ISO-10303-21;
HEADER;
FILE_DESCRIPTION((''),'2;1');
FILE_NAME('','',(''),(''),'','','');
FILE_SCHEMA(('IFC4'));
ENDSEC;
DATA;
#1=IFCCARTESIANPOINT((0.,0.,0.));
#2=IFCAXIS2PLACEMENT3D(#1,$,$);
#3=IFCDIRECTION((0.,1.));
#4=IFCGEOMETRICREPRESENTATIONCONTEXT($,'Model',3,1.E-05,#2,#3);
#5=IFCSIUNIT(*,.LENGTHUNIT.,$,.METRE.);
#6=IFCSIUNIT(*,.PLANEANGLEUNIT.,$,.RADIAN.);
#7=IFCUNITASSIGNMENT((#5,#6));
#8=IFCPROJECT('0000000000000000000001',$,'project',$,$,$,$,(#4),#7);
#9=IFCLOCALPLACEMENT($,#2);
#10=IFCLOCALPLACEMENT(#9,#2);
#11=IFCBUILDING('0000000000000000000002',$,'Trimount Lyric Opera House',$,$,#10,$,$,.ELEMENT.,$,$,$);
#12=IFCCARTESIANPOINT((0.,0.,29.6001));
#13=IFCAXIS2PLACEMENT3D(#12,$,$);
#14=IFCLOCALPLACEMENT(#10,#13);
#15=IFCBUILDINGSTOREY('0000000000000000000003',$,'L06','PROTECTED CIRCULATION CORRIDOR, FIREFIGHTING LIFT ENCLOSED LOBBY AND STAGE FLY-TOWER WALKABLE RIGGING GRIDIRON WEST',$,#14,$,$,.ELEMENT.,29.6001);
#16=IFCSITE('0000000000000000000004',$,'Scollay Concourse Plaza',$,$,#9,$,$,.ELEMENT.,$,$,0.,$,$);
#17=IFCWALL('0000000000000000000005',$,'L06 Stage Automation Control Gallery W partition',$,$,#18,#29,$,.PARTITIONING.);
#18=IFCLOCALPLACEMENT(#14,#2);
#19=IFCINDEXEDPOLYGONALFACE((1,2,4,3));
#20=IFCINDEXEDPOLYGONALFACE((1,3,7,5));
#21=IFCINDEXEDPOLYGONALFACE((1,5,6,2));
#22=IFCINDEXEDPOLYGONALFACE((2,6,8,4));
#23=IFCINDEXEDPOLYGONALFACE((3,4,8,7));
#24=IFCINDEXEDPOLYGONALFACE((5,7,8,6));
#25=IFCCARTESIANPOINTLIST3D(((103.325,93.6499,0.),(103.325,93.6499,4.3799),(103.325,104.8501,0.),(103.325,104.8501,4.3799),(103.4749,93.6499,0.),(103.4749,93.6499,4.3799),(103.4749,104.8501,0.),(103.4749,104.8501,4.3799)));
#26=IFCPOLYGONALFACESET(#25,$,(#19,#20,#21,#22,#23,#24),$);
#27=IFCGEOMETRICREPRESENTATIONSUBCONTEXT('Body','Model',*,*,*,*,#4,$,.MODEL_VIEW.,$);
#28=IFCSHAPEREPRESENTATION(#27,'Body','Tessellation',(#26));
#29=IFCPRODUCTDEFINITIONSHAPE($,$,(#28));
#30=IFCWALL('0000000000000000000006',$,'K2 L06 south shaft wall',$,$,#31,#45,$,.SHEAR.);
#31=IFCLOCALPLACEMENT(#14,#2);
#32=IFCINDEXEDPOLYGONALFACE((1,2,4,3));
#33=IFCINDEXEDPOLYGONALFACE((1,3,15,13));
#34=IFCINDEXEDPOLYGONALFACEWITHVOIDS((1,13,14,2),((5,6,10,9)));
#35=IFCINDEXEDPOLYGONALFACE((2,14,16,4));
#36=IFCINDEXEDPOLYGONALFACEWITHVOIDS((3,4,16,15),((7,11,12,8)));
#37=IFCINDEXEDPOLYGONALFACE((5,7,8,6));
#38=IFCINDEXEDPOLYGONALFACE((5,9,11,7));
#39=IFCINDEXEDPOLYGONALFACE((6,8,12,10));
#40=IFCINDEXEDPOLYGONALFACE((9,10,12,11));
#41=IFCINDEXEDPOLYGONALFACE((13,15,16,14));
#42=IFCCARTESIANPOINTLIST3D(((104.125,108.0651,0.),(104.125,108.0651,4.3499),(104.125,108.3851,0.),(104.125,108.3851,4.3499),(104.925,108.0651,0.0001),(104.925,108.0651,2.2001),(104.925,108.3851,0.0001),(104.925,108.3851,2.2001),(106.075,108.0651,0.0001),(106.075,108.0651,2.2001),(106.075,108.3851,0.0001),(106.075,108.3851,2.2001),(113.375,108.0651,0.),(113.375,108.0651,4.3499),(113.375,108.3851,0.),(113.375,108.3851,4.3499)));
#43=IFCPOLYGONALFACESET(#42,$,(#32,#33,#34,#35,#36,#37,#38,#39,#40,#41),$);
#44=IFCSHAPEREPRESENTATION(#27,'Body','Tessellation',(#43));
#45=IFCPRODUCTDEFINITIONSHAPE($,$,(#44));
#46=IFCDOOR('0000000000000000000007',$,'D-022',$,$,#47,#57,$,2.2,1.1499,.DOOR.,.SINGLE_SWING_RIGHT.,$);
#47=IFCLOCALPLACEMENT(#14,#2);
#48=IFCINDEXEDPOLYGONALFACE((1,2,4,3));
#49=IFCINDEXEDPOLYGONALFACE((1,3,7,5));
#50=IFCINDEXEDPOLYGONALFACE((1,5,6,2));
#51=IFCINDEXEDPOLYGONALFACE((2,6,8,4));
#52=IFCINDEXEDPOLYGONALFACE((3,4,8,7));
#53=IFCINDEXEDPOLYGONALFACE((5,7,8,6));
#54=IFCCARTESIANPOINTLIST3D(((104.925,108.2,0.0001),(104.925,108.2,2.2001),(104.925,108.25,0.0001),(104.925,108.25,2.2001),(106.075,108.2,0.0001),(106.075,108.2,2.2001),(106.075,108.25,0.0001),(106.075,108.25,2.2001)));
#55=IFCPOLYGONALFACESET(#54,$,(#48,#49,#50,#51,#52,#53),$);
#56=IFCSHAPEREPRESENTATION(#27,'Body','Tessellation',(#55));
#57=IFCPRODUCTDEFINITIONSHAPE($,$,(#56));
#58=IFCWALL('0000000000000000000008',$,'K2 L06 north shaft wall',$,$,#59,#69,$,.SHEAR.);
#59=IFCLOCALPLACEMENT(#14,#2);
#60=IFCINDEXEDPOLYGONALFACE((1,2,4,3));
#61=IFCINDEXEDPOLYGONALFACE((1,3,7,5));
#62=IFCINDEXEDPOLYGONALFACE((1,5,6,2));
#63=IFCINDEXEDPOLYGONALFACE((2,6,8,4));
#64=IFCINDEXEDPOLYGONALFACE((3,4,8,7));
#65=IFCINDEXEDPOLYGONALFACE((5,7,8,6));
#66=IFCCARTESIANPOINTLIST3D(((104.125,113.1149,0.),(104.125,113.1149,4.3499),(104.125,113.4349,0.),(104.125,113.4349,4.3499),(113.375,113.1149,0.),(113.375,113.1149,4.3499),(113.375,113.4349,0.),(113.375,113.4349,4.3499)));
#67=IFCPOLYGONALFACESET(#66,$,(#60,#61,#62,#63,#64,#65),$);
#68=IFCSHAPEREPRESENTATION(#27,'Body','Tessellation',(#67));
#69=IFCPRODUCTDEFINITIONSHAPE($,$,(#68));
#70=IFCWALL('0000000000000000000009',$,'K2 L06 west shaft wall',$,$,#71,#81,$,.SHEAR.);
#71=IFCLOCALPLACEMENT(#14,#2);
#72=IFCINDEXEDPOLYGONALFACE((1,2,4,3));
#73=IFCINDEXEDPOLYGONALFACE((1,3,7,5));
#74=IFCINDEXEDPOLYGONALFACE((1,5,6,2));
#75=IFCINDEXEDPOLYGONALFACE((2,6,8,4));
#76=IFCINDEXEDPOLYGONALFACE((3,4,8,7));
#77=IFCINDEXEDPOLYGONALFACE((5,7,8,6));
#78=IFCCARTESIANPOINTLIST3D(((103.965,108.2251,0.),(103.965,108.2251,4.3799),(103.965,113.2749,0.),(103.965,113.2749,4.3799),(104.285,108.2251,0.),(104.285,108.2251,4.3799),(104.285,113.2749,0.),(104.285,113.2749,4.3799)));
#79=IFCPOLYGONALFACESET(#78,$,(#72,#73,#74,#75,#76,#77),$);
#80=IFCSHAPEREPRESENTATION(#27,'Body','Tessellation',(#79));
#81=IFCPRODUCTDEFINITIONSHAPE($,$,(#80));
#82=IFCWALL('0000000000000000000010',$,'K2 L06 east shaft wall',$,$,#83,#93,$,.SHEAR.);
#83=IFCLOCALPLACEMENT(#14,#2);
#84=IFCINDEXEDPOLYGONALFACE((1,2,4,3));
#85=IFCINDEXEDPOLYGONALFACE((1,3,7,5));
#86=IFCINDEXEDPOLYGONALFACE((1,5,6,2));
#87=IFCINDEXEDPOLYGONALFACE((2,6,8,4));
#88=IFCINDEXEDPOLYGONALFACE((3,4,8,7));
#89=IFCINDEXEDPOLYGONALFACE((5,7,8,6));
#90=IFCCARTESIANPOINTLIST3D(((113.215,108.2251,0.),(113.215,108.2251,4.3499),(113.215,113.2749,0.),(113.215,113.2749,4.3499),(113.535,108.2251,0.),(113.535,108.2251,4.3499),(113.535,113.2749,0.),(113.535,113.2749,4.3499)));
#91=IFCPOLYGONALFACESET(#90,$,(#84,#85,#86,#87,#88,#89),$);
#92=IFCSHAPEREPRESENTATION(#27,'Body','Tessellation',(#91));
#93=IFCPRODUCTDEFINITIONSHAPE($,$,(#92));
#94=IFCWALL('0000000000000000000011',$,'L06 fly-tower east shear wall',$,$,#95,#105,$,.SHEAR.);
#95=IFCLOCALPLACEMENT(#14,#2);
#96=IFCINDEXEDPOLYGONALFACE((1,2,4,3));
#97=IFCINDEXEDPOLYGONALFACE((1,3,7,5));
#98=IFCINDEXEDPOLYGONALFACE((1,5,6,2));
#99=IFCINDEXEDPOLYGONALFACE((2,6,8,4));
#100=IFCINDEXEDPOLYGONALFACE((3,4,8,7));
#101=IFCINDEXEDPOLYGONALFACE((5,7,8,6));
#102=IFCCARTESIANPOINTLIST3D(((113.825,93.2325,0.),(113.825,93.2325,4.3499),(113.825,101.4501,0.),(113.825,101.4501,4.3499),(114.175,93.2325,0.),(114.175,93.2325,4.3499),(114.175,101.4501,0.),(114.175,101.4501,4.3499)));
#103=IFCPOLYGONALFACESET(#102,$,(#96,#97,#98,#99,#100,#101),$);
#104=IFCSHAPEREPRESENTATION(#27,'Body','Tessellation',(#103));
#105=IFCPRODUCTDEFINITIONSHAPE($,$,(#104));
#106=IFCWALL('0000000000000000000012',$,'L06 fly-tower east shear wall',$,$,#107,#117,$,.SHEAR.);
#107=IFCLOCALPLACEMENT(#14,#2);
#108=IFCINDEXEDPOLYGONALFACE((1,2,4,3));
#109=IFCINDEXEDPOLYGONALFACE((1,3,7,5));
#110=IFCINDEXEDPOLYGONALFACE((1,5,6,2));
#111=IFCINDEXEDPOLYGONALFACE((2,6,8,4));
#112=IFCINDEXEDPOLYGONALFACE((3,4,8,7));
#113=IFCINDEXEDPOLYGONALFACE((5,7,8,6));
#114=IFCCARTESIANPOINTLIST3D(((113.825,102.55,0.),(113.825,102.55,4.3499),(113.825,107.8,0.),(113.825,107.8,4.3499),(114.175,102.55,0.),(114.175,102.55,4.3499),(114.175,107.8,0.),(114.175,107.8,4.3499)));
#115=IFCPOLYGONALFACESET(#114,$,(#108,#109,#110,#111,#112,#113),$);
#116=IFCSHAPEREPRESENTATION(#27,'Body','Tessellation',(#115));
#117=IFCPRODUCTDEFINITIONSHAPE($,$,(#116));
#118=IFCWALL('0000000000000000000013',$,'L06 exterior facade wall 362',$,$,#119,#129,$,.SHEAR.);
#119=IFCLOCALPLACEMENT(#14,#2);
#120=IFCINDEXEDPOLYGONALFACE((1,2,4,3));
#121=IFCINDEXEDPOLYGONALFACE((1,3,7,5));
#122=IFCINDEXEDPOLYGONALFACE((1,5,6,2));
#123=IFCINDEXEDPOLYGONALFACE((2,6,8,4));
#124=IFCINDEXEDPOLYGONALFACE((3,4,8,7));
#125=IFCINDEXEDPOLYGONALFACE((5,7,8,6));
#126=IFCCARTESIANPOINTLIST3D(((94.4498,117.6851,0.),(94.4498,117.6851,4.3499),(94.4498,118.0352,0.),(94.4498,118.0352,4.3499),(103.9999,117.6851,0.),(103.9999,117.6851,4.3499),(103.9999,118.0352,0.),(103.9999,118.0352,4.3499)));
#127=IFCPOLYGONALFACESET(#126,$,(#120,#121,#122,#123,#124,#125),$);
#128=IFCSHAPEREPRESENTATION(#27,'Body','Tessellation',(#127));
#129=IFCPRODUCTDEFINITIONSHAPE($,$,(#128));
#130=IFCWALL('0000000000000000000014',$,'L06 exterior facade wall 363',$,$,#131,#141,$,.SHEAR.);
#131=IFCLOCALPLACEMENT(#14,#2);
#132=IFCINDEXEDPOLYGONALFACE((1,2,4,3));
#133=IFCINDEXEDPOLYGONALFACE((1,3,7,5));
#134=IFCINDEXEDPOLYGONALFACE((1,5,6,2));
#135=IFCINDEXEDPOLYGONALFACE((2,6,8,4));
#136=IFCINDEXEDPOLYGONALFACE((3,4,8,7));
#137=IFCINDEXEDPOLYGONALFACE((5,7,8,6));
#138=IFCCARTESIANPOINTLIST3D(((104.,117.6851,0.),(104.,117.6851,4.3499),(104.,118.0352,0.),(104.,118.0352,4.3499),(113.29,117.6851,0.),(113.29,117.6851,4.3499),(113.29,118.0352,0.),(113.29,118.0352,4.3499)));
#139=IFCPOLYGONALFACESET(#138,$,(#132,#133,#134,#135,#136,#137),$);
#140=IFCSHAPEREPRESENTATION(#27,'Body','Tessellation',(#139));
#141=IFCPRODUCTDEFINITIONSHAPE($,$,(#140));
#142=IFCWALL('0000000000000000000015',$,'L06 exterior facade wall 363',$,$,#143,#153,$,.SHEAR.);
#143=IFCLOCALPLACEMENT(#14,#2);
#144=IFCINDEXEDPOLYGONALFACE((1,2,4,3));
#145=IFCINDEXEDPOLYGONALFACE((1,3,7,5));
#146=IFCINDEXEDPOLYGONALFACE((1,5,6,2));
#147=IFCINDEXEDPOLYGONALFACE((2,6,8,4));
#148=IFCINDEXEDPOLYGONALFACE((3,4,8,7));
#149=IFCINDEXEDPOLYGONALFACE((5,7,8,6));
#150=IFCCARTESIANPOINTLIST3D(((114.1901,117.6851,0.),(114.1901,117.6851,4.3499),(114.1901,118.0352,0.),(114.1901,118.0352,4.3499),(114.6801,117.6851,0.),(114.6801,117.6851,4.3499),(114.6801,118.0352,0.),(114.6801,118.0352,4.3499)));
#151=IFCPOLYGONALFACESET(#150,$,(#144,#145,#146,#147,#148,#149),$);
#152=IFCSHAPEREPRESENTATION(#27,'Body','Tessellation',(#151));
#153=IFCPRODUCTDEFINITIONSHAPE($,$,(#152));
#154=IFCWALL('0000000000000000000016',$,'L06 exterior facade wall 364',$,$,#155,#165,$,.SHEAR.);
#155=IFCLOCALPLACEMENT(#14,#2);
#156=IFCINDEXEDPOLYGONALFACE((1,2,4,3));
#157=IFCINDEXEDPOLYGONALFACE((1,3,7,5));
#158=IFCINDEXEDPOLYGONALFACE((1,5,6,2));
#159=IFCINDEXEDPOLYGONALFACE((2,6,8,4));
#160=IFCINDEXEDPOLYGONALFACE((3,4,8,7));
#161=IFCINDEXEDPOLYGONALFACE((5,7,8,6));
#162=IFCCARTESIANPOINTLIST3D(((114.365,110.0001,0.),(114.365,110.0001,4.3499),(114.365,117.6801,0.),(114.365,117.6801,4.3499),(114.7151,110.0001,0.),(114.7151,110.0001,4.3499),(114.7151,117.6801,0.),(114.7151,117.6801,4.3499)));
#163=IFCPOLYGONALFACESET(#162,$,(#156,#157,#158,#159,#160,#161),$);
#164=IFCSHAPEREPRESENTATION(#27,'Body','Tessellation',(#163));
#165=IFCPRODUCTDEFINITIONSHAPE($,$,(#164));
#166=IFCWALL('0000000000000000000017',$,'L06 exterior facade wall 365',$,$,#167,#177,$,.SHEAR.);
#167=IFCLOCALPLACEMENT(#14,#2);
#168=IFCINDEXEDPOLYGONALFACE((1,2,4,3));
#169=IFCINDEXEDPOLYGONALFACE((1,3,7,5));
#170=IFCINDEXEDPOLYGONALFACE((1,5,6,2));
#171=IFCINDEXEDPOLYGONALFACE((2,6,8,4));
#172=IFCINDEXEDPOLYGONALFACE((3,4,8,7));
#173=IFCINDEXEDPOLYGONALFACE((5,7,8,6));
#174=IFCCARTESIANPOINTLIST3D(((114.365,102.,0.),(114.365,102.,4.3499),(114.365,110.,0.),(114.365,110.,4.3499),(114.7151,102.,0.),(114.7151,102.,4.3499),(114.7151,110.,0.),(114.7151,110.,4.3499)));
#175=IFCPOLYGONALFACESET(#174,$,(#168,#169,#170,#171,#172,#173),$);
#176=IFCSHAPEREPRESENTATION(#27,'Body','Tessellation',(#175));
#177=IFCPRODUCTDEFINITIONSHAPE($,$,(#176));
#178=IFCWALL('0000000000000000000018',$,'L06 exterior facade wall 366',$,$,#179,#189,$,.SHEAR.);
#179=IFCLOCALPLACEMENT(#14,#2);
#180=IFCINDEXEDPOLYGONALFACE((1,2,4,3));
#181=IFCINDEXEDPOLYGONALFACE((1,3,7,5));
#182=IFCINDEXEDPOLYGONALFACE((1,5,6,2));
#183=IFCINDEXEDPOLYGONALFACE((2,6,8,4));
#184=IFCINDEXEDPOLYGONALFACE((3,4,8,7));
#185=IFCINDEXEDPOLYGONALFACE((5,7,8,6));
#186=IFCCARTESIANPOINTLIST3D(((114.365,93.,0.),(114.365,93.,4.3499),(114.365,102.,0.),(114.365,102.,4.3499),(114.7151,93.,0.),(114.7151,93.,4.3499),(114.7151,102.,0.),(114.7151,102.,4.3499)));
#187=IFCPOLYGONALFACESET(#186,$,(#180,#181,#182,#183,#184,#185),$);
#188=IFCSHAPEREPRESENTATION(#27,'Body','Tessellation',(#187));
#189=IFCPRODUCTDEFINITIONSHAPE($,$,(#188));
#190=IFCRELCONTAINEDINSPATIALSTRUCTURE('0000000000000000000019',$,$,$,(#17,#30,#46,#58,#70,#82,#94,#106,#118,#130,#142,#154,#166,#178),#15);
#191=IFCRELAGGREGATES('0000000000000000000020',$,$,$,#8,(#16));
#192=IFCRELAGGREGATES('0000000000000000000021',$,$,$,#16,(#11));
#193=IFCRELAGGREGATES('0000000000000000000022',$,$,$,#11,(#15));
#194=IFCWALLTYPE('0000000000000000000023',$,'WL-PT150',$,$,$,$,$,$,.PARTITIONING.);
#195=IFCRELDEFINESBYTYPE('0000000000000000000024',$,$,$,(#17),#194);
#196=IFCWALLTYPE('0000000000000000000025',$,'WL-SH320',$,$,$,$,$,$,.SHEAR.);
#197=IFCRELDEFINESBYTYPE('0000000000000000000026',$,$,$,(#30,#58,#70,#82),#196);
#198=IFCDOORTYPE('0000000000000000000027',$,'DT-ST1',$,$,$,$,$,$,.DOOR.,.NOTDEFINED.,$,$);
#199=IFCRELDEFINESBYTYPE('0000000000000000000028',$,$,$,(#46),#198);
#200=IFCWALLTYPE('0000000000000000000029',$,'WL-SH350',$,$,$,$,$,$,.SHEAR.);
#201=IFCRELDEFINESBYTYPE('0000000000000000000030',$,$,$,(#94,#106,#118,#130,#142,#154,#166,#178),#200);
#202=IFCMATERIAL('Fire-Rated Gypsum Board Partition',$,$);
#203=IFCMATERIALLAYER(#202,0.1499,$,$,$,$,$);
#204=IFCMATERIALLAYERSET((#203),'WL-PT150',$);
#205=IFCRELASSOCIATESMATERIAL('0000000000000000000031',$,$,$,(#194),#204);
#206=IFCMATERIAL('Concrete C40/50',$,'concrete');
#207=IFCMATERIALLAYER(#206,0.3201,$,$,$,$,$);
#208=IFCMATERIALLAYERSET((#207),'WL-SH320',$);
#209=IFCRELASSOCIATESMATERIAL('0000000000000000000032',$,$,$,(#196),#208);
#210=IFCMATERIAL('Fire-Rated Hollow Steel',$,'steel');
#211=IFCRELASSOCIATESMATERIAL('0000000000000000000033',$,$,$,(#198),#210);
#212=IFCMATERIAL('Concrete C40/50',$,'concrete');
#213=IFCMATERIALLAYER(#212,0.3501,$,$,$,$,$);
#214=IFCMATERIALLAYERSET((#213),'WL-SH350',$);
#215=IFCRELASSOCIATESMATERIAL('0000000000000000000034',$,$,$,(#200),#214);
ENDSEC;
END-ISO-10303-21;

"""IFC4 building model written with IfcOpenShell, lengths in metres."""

from ifc_helpers import new_model, si_unit, direction, frame, frame_2d, origin, place, context, subcontext, project, spatial, rectangle, extrude, material, layer, layer_set, type_object, element, fill, save


model = new_model("IFC4")

# Units and contexts
model_context = context("Model", 3, precision=1e-05, world=origin(), true_north=direction((0.0, 1.0)))
body_context = subcontext(model_context, "Body", "Model", "MODEL_VIEW")
ifc_project = project(units=[si_unit("LENGTHUNIT", "METRE"), si_unit("PLANEANGLEUNIT", "RADIAN")], contexts=[model_context])

# Site, building, storey
site_placement = place(None, origin())
site = spatial("IfcSite", under=ifc_project, at=site_placement, Name="Scollay Concourse Plaza", CompositionType="ELEMENT", RefElevation=0.0)
building_placement = place(site_placement, origin())
building = spatial("IfcBuilding", under=site, at=building_placement, Name="Trimount Lyric Opera House", CompositionType="ELEMENT")
storey_placement = place(building_placement, frame((0.0, 0.0, 29.6001)))
storey = spatial("IfcBuildingStorey", under=building, at=storey_placement, Name="L06", Description="PROTECTED CIRCULATION CORRIDOR, FIREFIGHTING LIFT ENCLOSED LOBBY AND STAGE FLY-TOWER WALKABLE RIGGING GRIDIRON WEST", CompositionType="ELEMENT", Elevation=29.6001)

# Shared definitions
ifc_material_1 = material(Name="Fire-Rated Gypsum Board Partition")
ifc_layer_1 = layer(ifc_material_1, 0.1499)
ifc_layer_set_1 = layer_set([ifc_layer_1], Name="WL-PT150")
wall_type_1 = type_object("IfcWallType", Name="WL-PT150", PredefinedType="PARTITIONING", material=ifc_layer_set_1)

# Wall
wall_1_placement = place(storey_placement, frame((103.3999, 104.8501, 0.0), z_axis=(0.0, 0.0, 1.0), x_axis=(0.0, -1.0, 0.0)))
element("IfcWall", 1, at=wall_1_placement, inside=storey, type_object=wall_type_1, Name="L06 Stage Automation Control Gallery W partition", PredefinedType="PARTITIONING", context=body_context, shape_type="SweptSolid", body=[
    extrude(rectangle(XDim=11.2002, YDim=0.1499, at=frame_2d((5.6001, 0.0))), origin(), (0.0, 0.0, 1.0), 4.3799),
])

# Wall, opening, door
ifc_material_2 = material(Name="Concrete C40/50", Category="concrete")
ifc_layer_2 = layer(ifc_material_2, 0.3201)
ifc_layer_set_2 = layer_set([ifc_layer_2], Name="WL-SH320")
wall_type_2 = type_object("IfcWallType", Name="WL-SH320", PredefinedType="SHEAR", material=ifc_layer_set_2)
wall_2_placement = place(storey_placement, frame((104.125, 108.2251, 0.0), z_axis=(0.0, 0.0, 1.0), x_axis=(1.0, 0.0, 0.0)))
wall_2 = element("IfcWall", 2, at=wall_2_placement, inside=storey, type_object=wall_type_2, Name="K2 L06 south shaft wall", PredefinedType="SHEAR", context=body_context, shape_type="SweptSolid", body=[
    extrude(rectangle(XDim=9.25, YDim=0.3201, at=frame_2d((4.625, 0.0))), origin(), (0.0, 0.0, 1.0), 4.3499),
])
opening_1_placement = place(wall_2_placement, frame((0.8, 0.0, 0.0)))
opening_1 = element("IfcOpeningElement", 3, at=opening_1_placement, cuts=wall_2, PredefinedType="OPENING", context=body_context, shape_type="SweptSolid", body=[
    extrude(rectangle(XDim=1.1499, YDim=2.2, at=frame_2d((0.575, 1.1001))), frame((0.0, 0.1699, 0.0), z_axis=(0.0, -1.0, 0.0), x_axis=(1.0, 0.0, 0.0)), (0.0, 0.0, 1.0), 0.3401),
])
ifc_material_3 = material(Name="Fire-Rated Hollow Steel", Category="steel")
door_type_1 = type_object("IfcDoorType", Name="DT-ST1", OperationType="NOTDEFINED", PredefinedType="DOOR", material=ifc_material_3)
door_1_placement = place(opening_1_placement, origin())
door_1 = element("IfcDoor", 4, at=door_1_placement, inside=storey, type_object=door_type_1, Name="D-022", OperationType="SINGLE_SWING_RIGHT", OverallHeight=2.2, OverallWidth=1.1499, PredefinedType="DOOR", context=body_context, shape_type="SweptSolid", body=[
    extrude(rectangle(XDim=1.1499, YDim=2.2, at=frame_2d((0.575, 1.1001))), frame((0.0, 0.0249, 0.0), z_axis=(0.0, -1.0, 0.0), x_axis=(1.0, 0.0, 0.0)), (0.0, 0.0, 1.0), 0.05),
])
fill(opening_1, door_1)

# Walls
wall_3_placement = place(storey_placement, frame((113.375, 113.2749, 0.0), z_axis=(0.0, 0.0, 1.0), x_axis=(-1.0, 0.0, 0.0)))
element("IfcWall", 5, at=wall_3_placement, inside=storey, type_object=wall_type_2, Name="K2 L06 north shaft wall", PredefinedType="SHEAR", context=body_context, shape_type="SweptSolid", body=[
    extrude(rectangle(XDim=9.25, YDim=0.3201, at=frame_2d((4.625, 0.0))), origin(), (0.0, 0.0, 1.0), 4.3499),
])
wall_4_placement = place(storey_placement, frame((104.125, 113.2749, 0.0), z_axis=(0.0, 0.0, 1.0), x_axis=(0.0, -1.0, 0.0)))
element("IfcWall", 6, at=wall_4_placement, inside=storey, type_object=wall_type_2, Name="K2 L06 west shaft wall", PredefinedType="SHEAR", context=body_context, shape_type="SweptSolid", body=[
    extrude(rectangle(XDim=5.0498, YDim=0.3201, at=frame_2d((2.5249, 0.0))), origin(), (0.0, 0.0, 1.0), 4.3799),
])
wall_5_placement = place(storey_placement, frame((113.375, 108.2251, 0.0), z_axis=(0.0, 0.0, 1.0), x_axis=(0.0, 1.0, 0.0)))
element("IfcWall", 7, at=wall_5_placement, inside=storey, type_object=wall_type_2, Name="K2 L06 east shaft wall", PredefinedType="SHEAR", context=body_context, shape_type="SweptSolid", body=[
    extrude(rectangle(XDim=5.0498, YDim=0.3201, at=frame_2d((2.5249, 0.0))), origin(), (0.0, 0.0, 1.0), 4.3499),
])
ifc_material_4 = material(Name="Concrete C40/50", Category="concrete")
ifc_layer_3 = layer(ifc_material_4, 0.3501)
ifc_layer_set_3 = layer_set([ifc_layer_3], Name="WL-SH350")
wall_type_3 = type_object("IfcWallType", Name="WL-SH350", PredefinedType="SHEAR", material=ifc_layer_set_3)
wall_6_placement = place(storey_placement, frame((114.0, 93.2324, 0.0), z_axis=(0.0, 0.0, 1.0), x_axis=(0.0, 1.0, 0.0)))
element("IfcWall", 8, at=wall_6_placement, inside=storey, type_object=wall_type_3, Name="L06 fly-tower east shear wall", PredefinedType="SHEAR", context=body_context, shape_type="SweptSolid", body=[
    extrude(rectangle(XDim=8.2175, YDim=0.3501, at=frame_2d((4.1089, 0.0))), origin(), (0.0, 0.0, 1.0), 4.3499),
])
wall_7_placement = place(storey_placement, frame((114.0, 102.55, 0.0), z_axis=(0.0, 0.0, 1.0), x_axis=(0.0, 1.0, 0.0)))
element("IfcWall", 9, at=wall_7_placement, inside=storey, type_object=wall_type_3, Name="L06 fly-tower east shear wall", PredefinedType="SHEAR", context=body_context, shape_type="SweptSolid", body=[
    extrude(rectangle(XDim=5.25, YDim=0.3501, at=frame_2d((2.625, 0.0))), origin(), (0.0, 0.0, 1.0), 4.3499),
])
wall_8_placement = place(storey_placement, frame((94.45, 117.8601, 0.0), z_axis=(0.0, 0.0, 1.0), x_axis=(1.0, 0.0, 0.0)))
element("IfcWall", 10, at=wall_8_placement, inside=storey, type_object=wall_type_3, Name="L06 exterior facade wall 362", PredefinedType="SHEAR", context=body_context, shape_type="SweptSolid", body=[
    extrude(rectangle(XDim=9.55, YDim=0.3501, at=frame_2d((4.7749, 0.0))), origin(), (0.0, 0.0, 1.0), 4.3499),
])
wall_9_placement = place(storey_placement, frame((104.0, 117.8601, 0.0), z_axis=(0.0, 0.0, 1.0), x_axis=(1.0, 0.0, 0.0)))
element("IfcWall", 11, at=wall_9_placement, inside=storey, type_object=wall_type_3, Name="L06 exterior facade wall 363", PredefinedType="SHEAR", context=body_context, shape_type="SweptSolid", body=[
    extrude(rectangle(XDim=9.29, YDim=0.3501, at=frame_2d((4.645, 0.0))), origin(), (0.0, 0.0, 1.0), 4.3499),
])
wall_10_placement = place(storey_placement, frame((114.1899, 117.8601, 0.0), z_axis=(0.0, 0.0, 1.0), x_axis=(1.0, 0.0, 0.0)))
element("IfcWall", 12, at=wall_10_placement, inside=storey, type_object=wall_type_3, Name="L06 exterior facade wall 363", PredefinedType="SHEAR", context=body_context, shape_type="SweptSolid", body=[
    extrude(rectangle(XDim=0.49, YDim=0.3501, at=frame_2d((0.2451, 0.0))), origin(), (0.0, 0.0, 1.0), 4.3499),
])
wall_11_placement = place(storey_placement, frame((114.54, 117.6799, 0.0), z_axis=(0.0, 0.0, 1.0), x_axis=(0.0, -1.0, 0.0)))
element("IfcWall", 13, at=wall_11_placement, inside=storey, type_object=wall_type_3, Name="L06 exterior facade wall 364", PredefinedType="SHEAR", context=body_context, shape_type="SweptSolid", body=[
    extrude(rectangle(XDim=7.6799, YDim=0.3501, at=frame_2d((3.8398, 0.0))), origin(), (0.0, 0.0, 1.0), 4.3499),
])
wall_12_placement = place(storey_placement, frame((114.54, 110.0, 0.0), z_axis=(0.0, 0.0, 1.0), x_axis=(0.0, -1.0, 0.0)))
element("IfcWall", 14, at=wall_12_placement, inside=storey, type_object=wall_type_3, Name="L06 exterior facade wall 365", PredefinedType="SHEAR", context=body_context, shape_type="SweptSolid", body=[
    extrude(rectangle(XDim=8.0, YDim=0.3501, at=frame_2d((4.0, 0.0))), origin(), (0.0, 0.0, 1.0), 4.3499),
])
wall_13_placement = place(storey_placement, frame((114.54, 102.0, 0.0), z_axis=(0.0, 0.0, 1.0), x_axis=(0.0, -1.0, 0.0)))
element("IfcWall", 15, at=wall_13_placement, inside=storey, type_object=wall_type_3, Name="L06 exterior facade wall 366", PredefinedType="SHEAR", context=body_context, shape_type="SweptSolid", body=[
    extrude(rectangle(XDim=9.0, YDim=0.3501, at=frame_2d((4.5, 0.0))), origin(), (0.0, 0.0, 1.0), 4.3499),
])

save(model, "model.ifc")
